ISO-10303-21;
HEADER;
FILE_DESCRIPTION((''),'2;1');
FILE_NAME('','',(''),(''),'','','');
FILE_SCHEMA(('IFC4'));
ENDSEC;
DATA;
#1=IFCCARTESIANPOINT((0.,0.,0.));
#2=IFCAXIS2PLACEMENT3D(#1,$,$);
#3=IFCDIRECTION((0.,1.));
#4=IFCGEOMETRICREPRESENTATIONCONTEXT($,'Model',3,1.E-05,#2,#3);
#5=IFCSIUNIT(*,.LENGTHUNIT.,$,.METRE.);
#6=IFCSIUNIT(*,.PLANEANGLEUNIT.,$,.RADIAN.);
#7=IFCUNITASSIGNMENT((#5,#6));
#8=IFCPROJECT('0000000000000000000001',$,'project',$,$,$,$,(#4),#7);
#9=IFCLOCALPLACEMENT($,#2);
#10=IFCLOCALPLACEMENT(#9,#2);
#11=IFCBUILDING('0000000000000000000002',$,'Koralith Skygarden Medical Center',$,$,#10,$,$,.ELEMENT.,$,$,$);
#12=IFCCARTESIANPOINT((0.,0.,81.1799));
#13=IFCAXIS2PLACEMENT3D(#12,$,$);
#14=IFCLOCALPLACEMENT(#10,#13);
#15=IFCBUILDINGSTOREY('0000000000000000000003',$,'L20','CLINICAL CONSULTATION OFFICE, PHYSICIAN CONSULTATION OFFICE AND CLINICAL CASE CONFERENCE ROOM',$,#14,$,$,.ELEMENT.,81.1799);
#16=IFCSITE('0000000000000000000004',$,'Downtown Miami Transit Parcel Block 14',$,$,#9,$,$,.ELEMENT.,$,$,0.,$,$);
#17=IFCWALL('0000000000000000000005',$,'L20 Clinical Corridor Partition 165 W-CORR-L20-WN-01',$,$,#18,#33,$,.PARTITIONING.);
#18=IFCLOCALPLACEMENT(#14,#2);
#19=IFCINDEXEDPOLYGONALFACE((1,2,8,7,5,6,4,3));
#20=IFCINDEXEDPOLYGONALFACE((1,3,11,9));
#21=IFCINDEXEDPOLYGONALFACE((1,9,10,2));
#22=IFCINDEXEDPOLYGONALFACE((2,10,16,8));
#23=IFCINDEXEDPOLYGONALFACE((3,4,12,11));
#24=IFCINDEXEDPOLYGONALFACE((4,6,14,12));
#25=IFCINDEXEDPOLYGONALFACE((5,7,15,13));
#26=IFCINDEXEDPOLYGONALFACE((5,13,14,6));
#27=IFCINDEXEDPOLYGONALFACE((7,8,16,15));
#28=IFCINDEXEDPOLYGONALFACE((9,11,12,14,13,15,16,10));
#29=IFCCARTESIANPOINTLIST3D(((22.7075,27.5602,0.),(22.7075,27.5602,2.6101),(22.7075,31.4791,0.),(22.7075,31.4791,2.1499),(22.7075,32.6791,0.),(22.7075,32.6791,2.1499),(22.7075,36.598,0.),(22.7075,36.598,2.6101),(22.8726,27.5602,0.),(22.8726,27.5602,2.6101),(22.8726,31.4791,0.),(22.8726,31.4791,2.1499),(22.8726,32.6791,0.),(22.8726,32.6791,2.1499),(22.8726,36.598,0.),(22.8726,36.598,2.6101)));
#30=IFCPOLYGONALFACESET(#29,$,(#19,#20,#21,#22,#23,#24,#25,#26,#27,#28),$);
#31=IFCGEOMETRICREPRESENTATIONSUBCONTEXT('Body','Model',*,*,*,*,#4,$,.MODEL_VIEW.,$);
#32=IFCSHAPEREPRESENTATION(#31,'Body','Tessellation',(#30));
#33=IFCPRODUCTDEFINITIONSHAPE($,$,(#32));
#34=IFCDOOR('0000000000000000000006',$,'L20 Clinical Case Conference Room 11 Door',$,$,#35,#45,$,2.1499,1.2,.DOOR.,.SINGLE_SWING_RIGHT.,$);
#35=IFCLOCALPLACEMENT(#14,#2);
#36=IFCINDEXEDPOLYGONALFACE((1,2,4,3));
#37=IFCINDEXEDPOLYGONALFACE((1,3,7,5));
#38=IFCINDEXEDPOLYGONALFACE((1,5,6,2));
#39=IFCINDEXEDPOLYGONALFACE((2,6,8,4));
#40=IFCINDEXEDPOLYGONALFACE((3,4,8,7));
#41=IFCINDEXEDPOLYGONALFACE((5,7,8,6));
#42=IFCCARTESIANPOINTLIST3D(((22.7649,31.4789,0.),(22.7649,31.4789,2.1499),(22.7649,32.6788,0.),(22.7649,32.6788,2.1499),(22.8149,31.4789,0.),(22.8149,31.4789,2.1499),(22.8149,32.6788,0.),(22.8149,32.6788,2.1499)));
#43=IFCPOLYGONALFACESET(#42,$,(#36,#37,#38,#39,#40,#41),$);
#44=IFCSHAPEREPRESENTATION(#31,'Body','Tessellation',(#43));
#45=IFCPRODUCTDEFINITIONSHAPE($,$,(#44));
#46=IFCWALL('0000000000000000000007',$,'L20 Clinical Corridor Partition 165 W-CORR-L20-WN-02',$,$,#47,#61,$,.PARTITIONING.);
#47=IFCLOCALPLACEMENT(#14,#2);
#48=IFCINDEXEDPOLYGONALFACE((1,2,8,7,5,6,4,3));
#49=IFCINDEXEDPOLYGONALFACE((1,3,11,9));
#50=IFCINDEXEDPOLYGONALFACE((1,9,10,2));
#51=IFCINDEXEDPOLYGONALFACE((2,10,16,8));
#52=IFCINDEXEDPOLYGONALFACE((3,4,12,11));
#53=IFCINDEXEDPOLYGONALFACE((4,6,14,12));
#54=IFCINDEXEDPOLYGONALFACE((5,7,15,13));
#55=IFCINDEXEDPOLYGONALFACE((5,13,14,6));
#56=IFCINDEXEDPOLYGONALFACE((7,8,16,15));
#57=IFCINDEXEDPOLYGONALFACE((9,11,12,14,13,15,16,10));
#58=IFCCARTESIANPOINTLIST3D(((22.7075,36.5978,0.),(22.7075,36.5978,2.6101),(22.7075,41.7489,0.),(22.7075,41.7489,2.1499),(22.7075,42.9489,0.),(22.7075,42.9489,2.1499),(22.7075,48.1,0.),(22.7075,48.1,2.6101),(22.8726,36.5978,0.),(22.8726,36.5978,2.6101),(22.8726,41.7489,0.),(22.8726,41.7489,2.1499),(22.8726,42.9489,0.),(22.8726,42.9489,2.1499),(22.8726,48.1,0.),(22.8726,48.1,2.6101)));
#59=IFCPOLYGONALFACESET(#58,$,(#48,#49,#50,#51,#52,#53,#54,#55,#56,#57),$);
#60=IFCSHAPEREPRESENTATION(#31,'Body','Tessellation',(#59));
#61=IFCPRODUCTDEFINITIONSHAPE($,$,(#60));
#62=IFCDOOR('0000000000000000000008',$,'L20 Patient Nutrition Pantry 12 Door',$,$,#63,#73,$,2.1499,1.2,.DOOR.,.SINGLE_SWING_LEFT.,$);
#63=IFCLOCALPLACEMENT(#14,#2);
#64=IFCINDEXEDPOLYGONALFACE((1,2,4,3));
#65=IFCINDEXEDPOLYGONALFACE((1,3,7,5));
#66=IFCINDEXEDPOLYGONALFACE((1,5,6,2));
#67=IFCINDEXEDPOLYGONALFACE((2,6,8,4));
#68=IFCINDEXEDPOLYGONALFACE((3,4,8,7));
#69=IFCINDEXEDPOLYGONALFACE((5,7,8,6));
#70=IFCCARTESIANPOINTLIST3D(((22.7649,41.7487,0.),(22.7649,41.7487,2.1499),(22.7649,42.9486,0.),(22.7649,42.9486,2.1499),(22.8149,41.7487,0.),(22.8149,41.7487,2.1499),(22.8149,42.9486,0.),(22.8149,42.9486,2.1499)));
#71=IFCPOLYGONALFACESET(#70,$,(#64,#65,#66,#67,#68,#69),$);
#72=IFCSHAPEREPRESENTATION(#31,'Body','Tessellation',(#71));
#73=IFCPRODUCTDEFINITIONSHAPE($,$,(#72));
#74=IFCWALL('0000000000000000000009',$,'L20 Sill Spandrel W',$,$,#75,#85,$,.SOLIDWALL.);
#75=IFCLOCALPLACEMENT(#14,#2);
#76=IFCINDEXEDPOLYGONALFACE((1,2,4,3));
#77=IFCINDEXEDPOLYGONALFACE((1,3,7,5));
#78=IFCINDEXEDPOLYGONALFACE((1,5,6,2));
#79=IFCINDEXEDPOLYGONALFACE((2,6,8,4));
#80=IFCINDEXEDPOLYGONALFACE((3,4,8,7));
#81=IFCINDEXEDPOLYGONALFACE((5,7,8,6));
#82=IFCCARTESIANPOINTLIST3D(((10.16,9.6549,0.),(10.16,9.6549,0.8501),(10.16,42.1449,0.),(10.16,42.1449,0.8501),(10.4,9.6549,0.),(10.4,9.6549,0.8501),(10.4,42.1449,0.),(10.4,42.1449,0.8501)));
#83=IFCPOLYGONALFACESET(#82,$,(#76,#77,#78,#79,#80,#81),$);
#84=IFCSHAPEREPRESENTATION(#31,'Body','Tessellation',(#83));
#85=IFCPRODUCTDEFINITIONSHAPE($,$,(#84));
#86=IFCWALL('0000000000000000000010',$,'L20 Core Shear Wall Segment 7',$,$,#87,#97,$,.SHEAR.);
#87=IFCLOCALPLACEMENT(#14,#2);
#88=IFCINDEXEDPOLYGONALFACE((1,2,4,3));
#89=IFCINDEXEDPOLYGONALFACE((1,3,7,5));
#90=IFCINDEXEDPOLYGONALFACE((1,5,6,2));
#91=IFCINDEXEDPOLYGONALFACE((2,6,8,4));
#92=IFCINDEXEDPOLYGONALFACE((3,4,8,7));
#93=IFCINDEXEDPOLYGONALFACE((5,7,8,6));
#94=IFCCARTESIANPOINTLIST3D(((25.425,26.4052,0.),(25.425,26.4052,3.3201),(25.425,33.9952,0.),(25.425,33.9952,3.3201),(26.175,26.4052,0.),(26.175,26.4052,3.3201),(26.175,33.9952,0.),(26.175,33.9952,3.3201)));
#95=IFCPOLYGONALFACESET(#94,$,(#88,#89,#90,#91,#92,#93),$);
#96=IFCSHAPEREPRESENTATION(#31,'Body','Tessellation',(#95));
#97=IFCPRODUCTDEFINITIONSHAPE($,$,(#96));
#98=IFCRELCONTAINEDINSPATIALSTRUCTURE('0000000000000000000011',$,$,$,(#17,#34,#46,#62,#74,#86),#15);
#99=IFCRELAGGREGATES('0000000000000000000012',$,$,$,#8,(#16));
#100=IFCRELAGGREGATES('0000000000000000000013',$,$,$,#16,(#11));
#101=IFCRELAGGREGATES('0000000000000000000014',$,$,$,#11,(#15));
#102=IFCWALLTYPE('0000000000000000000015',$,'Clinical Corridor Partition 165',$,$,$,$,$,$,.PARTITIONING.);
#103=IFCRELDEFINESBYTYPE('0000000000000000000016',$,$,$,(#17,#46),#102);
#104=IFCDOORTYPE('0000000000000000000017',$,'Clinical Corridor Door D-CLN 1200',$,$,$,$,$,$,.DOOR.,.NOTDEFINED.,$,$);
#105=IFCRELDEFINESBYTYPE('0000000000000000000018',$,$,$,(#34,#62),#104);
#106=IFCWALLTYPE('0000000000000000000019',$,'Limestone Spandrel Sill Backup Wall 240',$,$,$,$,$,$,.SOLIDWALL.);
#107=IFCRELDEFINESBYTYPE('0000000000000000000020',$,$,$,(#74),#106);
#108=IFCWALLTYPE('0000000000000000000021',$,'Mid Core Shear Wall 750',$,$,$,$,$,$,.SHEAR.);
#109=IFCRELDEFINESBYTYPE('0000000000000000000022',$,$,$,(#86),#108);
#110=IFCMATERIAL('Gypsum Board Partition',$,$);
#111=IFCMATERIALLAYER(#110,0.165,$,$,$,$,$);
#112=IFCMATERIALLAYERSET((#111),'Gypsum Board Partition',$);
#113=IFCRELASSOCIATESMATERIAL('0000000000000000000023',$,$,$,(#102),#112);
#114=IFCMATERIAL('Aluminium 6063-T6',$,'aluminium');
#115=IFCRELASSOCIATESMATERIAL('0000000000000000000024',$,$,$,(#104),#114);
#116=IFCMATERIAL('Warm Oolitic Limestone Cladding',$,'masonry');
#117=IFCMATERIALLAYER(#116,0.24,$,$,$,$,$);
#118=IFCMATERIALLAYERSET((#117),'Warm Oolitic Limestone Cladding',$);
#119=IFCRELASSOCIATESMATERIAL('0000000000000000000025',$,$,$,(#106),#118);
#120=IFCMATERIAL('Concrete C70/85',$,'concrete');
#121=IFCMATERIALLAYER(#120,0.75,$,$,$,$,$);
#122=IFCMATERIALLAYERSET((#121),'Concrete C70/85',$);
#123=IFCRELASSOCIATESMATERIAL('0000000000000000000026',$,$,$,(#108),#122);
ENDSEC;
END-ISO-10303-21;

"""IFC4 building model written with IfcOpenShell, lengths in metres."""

from ifc_helpers import new_model, si_unit, direction, frame, frame_2d, origin, place, context, subcontext, project, spatial, rectangle, extrude, material, layer, layer_set, type_object, element, fill, save


model = new_model("IFC4")

# Units and contexts
model_context = context("Model", 3, precision=1e-05, world=origin(), true_north=direction((0.0, 1.0)))
body_context = subcontext(model_context, "Body", "Model", "MODEL_VIEW")
ifc_project = project(units=[si_unit("LENGTHUNIT", "METRE"), si_unit("PLANEANGLEUNIT", "RADIAN")], contexts=[model_context])

# Site, building, storey
site_placement = place(None, origin())
site = spatial("IfcSite", under=ifc_project, at=site_placement, Name="Downtown Miami Transit Parcel Block 14", CompositionType="ELEMENT", RefElevation=0.0)
building_placement = place(site_placement, origin())
building = spatial("IfcBuilding", under=site, at=building_placement, Name="Koralith Skygarden Medical Center", CompositionType="ELEMENT")
storey_placement = place(building_placement, frame((0.0, 0.0, 81.1799)))
storey = spatial("IfcBuildingStorey", under=building, at=storey_placement, Name="L20", Description="CLINICAL CONSULTATION OFFICE, PHYSICIAN CONSULTATION OFFICE AND CLINICAL CASE CONFERENCE ROOM", CompositionType="ELEMENT", Elevation=81.1799)

# Shared definitions
ifc_material_1 = material(Name="Concrete C70/85", Category="concrete")

# Shared definitions
ifc_material_2 = material(Name="Aluminium 6063-T6", Category="aluminium")

# Shared definitions
ifc_material_3 = material(Name="Gypsum Board Partition")
ifc_layer_1 = layer(ifc_material_3, 0.165)
ifc_layer_set_1 = layer_set([ifc_layer_1], Name="Gypsum Board Partition")
wall_type_1 = type_object("IfcWallType", Name="Clinical Corridor Partition 165", PredefinedType="PARTITIONING", material=ifc_layer_set_1)

# Walls, openings, doors
door_type = type_object("IfcDoorType", Name="Clinical Corridor Door D-CLN 1200", OperationType="NOTDEFINED", PredefinedType="DOOR", material=ifc_material_2)
wall_1_placement = place(storey_placement, frame((22.79, 27.5601, 0.0), z_axis=(0.0, 0.0, 1.0), x_axis=(0.0, 1.0, 0.0)))
wall_1 = element("IfcWall", 1, at=wall_1_placement, inside=storey, type_object=wall_type_1, Name="L20 Clinical Corridor Partition 165 W-CORR-L20-WN-01", PredefinedType="PARTITIONING", context=body_context, shape_type="SweptSolid", body=[
    extrude(rectangle(XDim=9.0378, YDim=0.165, at=frame_2d((4.519, 0.0))), origin(), (0.0, 0.0, 1.0), 2.6101),
])
opening_1_placement = place(wall_1_placement, frame((3.9189, 0.0, 0.0)))
opening_1 = element("IfcOpeningElement", 2, at=opening_1_placement, cuts=wall_1, PredefinedType="OPENING", context=body_context, shape_type="SweptSolid", body=[
    extrude(rectangle(XDim=1.2, YDim=2.1499, at=frame_2d((0.6001, 1.075))), frame((0.0, 0.0925, 0.0), z_axis=(0.0, -1.0, 0.0), x_axis=(1.0, 0.0, 0.0)), (0.0, 0.0, 1.0), 0.1851),
])
door_1_placement = place(opening_1_placement, frame((1.2, 0.0, 0.0), z_axis=(0.0, 0.0, 1.0), x_axis=(-1.0, 0.0, 0.0)))
door_1 = element("IfcDoor", 3, at=door_1_placement, inside=storey, type_object=door_type, Name="L20 Clinical Case Conference Room 11 Door", OperationType="SINGLE_SWING_RIGHT", OverallHeight=2.1499, OverallWidth=1.2, PredefinedType="DOOR", context=body_context, shape_type="SweptSolid", body=[
    extrude(rectangle(XDim=1.2, YDim=2.1499, at=frame_2d((0.6001, 1.075))), frame((0.0, 0.0249, 0.0), z_axis=(0.0, -1.0, 0.0), x_axis=(1.0, 0.0, 0.0)), (0.0, 0.0, 1.0), 0.05),
])
fill(opening_1, door_1)
wall_2_placement = place(storey_placement, frame((22.79, 36.5979, 0.0), z_axis=(0.0, 0.0, 1.0), x_axis=(0.0, 1.0, 0.0)))
wall_2 = element("IfcWall", 4, at=wall_2_placement, inside=storey, type_object=wall_type_1, Name="L20 Clinical Corridor Partition 165 W-CORR-L20-WN-02", PredefinedType="PARTITIONING", context=body_context, shape_type="SweptSolid", body=[
    extrude(rectangle(XDim=11.5022, YDim=0.165, at=frame_2d((5.751, 0.0))), origin(), (0.0, 0.0, 1.0), 2.6101),
])
opening_2_placement = place(wall_2_placement, frame((5.1509, 0.0, 0.0)))
opening_2 = element("IfcOpeningElement", 5, at=opening_2_placement, cuts=wall_2, PredefinedType="OPENING", context=body_context, shape_type="SweptSolid", body=[
    extrude(rectangle(XDim=1.2, YDim=2.1499, at=frame_2d((0.6001, 1.075))), frame((0.0, 0.0925, 0.0), z_axis=(0.0, -1.0, 0.0), x_axis=(1.0, 0.0, 0.0)), (0.0, 0.0, 1.0), 0.1851),
])
door_2_placement = place(opening_2_placement, frame((1.2, 0.0, 0.0), z_axis=(0.0, 0.0, 1.0), x_axis=(-1.0, 0.0, 0.0)))
door_2 = element("IfcDoor", 6, at=door_2_placement, inside=storey, type_object=door_type, Name="L20 Patient Nutrition Pantry 12 Door", OperationType="SINGLE_SWING_LEFT", OverallHeight=2.1499, OverallWidth=1.2, PredefinedType="DOOR", context=body_context, shape_type="SweptSolid", body=[
    extrude(rectangle(XDim=1.2, YDim=2.1499, at=frame_2d((0.6001, 1.075))), frame((0.0, 0.0249, 0.0), z_axis=(0.0, -1.0, 0.0), x_axis=(1.0, 0.0, 0.0)), (0.0, 0.0, 1.0), 0.05),
])
fill(opening_2, door_2)

# Walls
ifc_material_4 = material(Name="Warm Oolitic Limestone Cladding", Category="masonry")
ifc_layer_2 = layer(ifc_material_4, 0.24)
ifc_layer_set_2 = layer_set([ifc_layer_2], Name="Warm Oolitic Limestone Cladding")
wall_type_2 = type_object("IfcWallType", Name="Limestone Spandrel Sill Backup Wall 240", PredefinedType="SOLIDWALL", material=ifc_layer_set_2)
wall_3_placement = place(storey_placement, frame((10.28, 42.145, 0.0), z_axis=(0.0, 0.0, 1.0), x_axis=(0.0, -1.0, 0.0)))
element("IfcWall", 7, at=wall_3_placement, inside=storey, type_object=wall_type_2, Name="L20 Sill Spandrel W", PredefinedType="SOLIDWALL", context=body_context, shape_type="SweptSolid", body=[
    extrude(rectangle(XDim=32.49, YDim=0.24, at=frame_2d((16.2451, 0.0))), origin(), (0.0, 0.0, 1.0), 0.8501),
])
ifc_layer_3 = layer(ifc_material_1, 0.75)
ifc_layer_set_3 = layer_set([ifc_layer_3], Name="Concrete C70/85")
wall_type_3 = type_object("IfcWallType", Name="Mid Core Shear Wall 750", PredefinedType="SHEAR", material=ifc_layer_set_3)
wall_4_placement = place(storey_placement, frame((25.8, 33.9951, 0.0), z_axis=(0.0, 0.0, 1.0), x_axis=(0.0, -1.0, 0.0)))
element("IfcWall", 8, at=wall_4_placement, inside=storey, type_object=wall_type_3, Name="L20 Core Shear Wall Segment 7", PredefinedType="SHEAR", context=body_context, shape_type="SweptSolid", body=[
    extrude(rectangle(XDim=7.5901, YDim=0.75, at=frame_2d((3.7949, 0.0))), origin(), (0.0, 0.0, 1.0), 3.3201),
])

save(model, "model.ifc")
